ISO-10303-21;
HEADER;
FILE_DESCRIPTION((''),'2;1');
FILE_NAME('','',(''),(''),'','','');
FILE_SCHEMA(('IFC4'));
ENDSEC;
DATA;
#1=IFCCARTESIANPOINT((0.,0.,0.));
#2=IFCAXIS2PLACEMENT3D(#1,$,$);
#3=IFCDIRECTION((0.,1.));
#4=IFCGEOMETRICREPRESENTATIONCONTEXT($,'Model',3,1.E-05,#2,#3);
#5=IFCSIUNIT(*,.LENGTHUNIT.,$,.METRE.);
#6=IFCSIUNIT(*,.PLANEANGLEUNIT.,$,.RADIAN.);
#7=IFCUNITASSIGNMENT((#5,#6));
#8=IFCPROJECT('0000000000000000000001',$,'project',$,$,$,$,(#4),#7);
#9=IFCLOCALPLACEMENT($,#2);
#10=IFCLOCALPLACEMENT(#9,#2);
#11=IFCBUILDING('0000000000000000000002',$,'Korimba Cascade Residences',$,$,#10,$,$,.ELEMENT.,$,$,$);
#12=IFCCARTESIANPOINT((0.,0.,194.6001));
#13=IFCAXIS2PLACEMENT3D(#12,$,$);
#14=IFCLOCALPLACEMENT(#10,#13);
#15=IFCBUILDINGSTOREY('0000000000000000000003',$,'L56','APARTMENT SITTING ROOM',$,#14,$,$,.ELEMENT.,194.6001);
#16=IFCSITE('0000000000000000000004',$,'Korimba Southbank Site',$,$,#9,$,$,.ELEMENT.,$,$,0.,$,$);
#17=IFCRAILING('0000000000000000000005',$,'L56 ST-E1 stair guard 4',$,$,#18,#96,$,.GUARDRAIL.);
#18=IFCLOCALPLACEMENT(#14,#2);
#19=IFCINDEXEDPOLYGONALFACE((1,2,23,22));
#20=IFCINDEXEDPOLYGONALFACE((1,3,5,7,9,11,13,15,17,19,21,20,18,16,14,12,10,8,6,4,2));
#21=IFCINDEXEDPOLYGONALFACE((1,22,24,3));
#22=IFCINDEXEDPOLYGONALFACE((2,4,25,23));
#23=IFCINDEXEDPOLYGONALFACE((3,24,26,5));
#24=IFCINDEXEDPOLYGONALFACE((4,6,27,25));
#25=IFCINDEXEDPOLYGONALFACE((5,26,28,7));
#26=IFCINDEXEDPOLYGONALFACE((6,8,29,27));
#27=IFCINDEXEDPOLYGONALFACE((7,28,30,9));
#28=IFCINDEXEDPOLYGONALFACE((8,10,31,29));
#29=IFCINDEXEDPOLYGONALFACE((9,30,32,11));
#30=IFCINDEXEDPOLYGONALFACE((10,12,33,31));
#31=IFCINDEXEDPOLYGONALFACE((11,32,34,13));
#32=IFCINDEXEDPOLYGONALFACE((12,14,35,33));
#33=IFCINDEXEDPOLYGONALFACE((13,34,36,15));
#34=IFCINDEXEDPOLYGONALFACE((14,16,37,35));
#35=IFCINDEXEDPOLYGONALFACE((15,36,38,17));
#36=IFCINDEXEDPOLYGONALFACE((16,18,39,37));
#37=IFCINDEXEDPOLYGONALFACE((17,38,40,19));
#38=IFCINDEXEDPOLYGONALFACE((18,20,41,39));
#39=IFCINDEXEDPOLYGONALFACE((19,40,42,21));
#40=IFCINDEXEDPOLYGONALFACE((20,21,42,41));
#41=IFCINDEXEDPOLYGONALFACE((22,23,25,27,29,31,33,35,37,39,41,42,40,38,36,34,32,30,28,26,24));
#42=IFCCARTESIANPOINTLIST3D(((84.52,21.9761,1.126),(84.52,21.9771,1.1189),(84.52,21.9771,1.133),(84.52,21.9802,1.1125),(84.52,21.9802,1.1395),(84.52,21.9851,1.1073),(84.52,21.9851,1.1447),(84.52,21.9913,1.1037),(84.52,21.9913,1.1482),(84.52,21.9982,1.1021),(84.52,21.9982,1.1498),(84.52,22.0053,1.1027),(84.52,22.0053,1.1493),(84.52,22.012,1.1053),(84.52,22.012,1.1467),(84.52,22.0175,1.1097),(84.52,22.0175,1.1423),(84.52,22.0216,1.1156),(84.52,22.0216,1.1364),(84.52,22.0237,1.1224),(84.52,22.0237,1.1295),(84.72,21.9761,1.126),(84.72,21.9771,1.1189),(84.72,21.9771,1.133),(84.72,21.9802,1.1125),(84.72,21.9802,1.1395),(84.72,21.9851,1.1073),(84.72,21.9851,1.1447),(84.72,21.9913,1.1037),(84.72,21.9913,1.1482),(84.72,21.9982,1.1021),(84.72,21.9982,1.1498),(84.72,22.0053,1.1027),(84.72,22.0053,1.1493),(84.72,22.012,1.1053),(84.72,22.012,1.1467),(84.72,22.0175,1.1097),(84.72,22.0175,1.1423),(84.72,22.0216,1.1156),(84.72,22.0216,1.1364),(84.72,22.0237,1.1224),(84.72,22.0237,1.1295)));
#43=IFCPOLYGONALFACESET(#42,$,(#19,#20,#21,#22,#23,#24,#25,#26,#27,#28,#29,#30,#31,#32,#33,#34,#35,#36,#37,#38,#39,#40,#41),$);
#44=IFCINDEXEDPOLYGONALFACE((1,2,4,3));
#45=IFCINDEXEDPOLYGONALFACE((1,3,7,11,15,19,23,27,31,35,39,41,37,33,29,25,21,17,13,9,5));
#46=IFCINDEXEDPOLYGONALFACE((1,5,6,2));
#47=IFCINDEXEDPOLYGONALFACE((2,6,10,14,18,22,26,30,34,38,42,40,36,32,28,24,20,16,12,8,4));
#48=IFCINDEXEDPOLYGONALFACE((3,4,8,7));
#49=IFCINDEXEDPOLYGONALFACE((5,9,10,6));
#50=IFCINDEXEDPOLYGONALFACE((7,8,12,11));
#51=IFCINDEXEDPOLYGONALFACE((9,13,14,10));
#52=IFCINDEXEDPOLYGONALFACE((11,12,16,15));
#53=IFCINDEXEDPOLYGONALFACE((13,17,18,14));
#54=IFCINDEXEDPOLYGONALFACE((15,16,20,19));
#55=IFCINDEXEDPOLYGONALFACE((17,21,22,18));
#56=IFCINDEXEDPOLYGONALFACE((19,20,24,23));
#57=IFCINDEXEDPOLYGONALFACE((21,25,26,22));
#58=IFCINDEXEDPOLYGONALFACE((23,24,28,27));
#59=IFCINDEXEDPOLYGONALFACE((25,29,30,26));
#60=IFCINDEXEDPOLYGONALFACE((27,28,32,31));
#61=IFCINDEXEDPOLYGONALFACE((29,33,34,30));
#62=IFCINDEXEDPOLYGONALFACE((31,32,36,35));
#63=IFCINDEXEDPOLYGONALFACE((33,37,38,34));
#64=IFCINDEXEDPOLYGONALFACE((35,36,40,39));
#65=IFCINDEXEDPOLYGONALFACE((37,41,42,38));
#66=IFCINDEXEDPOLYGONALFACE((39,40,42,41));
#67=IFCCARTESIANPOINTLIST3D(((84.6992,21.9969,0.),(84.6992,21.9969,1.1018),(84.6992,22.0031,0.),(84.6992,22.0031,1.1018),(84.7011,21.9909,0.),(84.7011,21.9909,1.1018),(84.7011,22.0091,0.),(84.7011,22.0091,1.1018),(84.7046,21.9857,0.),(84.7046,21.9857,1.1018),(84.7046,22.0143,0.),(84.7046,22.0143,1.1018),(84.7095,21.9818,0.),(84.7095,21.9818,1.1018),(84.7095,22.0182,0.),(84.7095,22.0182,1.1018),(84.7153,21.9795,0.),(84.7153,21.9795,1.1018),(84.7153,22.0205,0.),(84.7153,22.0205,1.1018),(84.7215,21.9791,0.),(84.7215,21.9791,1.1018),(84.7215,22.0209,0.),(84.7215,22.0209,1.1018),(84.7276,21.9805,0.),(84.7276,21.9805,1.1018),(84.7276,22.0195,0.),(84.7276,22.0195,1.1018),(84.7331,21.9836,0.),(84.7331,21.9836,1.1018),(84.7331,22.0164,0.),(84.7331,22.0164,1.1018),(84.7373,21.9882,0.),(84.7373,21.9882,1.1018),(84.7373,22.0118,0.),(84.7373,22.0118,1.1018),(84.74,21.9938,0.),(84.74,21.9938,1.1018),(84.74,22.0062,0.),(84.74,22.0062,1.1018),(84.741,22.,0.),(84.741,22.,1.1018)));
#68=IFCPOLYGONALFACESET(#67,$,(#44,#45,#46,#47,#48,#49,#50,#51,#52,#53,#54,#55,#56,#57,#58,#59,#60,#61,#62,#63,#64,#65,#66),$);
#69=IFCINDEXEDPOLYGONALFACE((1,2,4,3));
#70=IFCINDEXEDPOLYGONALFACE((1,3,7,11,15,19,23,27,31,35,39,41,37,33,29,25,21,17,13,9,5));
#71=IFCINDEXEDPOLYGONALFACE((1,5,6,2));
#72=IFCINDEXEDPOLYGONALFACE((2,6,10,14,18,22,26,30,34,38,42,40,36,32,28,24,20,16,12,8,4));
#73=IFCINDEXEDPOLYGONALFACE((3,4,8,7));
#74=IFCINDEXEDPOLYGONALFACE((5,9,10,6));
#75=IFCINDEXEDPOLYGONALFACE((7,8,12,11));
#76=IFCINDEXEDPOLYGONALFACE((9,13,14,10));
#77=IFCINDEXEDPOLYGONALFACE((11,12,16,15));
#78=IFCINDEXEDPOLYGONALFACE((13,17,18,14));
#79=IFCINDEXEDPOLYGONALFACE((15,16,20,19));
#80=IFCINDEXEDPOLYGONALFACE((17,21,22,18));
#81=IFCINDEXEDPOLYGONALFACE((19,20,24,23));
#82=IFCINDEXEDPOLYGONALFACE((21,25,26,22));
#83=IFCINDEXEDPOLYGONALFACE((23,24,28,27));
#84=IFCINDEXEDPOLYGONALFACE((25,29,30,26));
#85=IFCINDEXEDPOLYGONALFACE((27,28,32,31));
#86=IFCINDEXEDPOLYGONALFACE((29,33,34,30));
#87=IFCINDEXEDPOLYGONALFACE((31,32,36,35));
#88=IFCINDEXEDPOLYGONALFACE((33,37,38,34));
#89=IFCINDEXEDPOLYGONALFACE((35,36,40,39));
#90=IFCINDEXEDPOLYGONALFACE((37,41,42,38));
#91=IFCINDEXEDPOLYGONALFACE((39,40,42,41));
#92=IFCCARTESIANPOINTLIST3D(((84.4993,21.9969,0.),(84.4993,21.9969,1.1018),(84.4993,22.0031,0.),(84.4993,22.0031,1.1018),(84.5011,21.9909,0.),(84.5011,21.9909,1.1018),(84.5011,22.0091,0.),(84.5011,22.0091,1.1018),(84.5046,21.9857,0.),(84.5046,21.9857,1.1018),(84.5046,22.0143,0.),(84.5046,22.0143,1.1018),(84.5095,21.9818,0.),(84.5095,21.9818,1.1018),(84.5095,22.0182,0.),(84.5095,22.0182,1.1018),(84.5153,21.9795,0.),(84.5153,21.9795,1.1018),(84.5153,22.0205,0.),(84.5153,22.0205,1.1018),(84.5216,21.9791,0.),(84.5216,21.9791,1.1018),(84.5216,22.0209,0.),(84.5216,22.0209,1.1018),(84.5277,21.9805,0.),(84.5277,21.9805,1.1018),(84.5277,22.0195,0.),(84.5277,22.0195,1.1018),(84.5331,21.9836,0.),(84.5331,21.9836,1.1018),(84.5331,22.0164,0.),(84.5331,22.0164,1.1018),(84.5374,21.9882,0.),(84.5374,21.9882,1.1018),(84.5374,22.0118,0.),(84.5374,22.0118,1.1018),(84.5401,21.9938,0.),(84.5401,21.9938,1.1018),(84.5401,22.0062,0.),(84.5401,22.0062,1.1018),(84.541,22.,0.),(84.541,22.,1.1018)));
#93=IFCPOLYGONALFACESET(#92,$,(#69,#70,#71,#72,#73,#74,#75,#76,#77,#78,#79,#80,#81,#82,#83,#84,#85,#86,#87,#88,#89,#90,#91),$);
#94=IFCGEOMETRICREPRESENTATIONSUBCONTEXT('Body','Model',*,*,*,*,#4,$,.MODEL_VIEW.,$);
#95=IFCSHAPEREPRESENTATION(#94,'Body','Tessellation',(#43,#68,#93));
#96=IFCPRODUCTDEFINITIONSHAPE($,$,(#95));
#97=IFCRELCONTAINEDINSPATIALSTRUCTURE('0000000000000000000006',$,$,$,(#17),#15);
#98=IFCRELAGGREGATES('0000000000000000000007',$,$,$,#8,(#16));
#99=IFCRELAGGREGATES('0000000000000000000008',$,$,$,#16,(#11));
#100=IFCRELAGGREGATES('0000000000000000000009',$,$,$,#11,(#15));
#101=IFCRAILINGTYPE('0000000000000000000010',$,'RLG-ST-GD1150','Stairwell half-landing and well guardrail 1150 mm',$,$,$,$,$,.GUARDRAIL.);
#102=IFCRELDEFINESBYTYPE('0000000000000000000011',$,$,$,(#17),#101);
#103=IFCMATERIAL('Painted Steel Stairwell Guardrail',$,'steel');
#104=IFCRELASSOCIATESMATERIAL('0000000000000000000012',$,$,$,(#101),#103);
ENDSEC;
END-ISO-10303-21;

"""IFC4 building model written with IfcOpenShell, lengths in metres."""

from ifc_helpers import new_model, si_unit, direction, frame, origin, origin_2d, place, context, subcontext, project, spatial, circle, extrude, material, type_object, element, save


model = new_model("IFC4")

# Units and contexts
model_context = context("Model", 3, precision=1e-05, world=origin(), true_north=direction((0.0, 1.0)))
body_context = subcontext(model_context, "Body", "Model", "MODEL_VIEW")
ifc_project = project(units=[si_unit("LENGTHUNIT", "METRE"), si_unit("PLANEANGLEUNIT", "RADIAN")], contexts=[model_context])

# Site, building, storey
site_placement = place(None, origin())
site = spatial("IfcSite", under=ifc_project, at=site_placement, Name="Korimba Southbank Site", CompositionType="ELEMENT", RefElevation=0.0)
building_placement = place(site_placement, origin())
building = spatial("IfcBuilding", under=site, at=building_placement, Name="Korimba Cascade Residences", CompositionType="ELEMENT")
storey_placement = place(building_placement, frame((0.0, 0.0, 194.6001)))
storey = spatial("IfcBuildingStorey", under=building, at=storey_placement, Name="L56", Description="APARTMENT SITTING ROOM", CompositionType="ELEMENT", Elevation=194.6001)

# Railing
ifc_material_1 = material(Name="Painted Steel Stairwell Guardrail", Category="steel")
railing_type_1 = type_object("IfcRailingType", Name="RLG-ST-GD1150", Description="Stairwell half-landing and well guardrail 1150 mm", PredefinedType="GUARDRAIL", material=ifc_material_1)
railing_1_placement = place(storey_placement, frame((84.72, 22.0, 0.0)))
element("IfcRailing", 1, at=railing_1_placement, inside=storey, type_object=railing_type_1, Name="L56 ST-E1 stair guard 4", PredefinedType="GUARDRAIL", context=body_context, shape_type="SweptSolid", body=[
    extrude(circle(Radius=0.0239, at=origin_2d()), frame((0.0, 0.0, 1.126), z_axis=(-1.0, 0.0, 0.0), x_axis=(0.0, -1.0, 0.0)), (0.0, 0.0, 1.0), 0.2),
    extrude(circle(Radius=0.021, at=origin_2d()), origin(), (0.0, 0.0, 1.0), 1.1018),
    extrude(circle(Radius=0.021, at=origin_2d()), frame((-0.2, 0.0, 0.0)), (0.0, 0.0, 1.0), 1.1018),
])

save(model, "model.ifc")
